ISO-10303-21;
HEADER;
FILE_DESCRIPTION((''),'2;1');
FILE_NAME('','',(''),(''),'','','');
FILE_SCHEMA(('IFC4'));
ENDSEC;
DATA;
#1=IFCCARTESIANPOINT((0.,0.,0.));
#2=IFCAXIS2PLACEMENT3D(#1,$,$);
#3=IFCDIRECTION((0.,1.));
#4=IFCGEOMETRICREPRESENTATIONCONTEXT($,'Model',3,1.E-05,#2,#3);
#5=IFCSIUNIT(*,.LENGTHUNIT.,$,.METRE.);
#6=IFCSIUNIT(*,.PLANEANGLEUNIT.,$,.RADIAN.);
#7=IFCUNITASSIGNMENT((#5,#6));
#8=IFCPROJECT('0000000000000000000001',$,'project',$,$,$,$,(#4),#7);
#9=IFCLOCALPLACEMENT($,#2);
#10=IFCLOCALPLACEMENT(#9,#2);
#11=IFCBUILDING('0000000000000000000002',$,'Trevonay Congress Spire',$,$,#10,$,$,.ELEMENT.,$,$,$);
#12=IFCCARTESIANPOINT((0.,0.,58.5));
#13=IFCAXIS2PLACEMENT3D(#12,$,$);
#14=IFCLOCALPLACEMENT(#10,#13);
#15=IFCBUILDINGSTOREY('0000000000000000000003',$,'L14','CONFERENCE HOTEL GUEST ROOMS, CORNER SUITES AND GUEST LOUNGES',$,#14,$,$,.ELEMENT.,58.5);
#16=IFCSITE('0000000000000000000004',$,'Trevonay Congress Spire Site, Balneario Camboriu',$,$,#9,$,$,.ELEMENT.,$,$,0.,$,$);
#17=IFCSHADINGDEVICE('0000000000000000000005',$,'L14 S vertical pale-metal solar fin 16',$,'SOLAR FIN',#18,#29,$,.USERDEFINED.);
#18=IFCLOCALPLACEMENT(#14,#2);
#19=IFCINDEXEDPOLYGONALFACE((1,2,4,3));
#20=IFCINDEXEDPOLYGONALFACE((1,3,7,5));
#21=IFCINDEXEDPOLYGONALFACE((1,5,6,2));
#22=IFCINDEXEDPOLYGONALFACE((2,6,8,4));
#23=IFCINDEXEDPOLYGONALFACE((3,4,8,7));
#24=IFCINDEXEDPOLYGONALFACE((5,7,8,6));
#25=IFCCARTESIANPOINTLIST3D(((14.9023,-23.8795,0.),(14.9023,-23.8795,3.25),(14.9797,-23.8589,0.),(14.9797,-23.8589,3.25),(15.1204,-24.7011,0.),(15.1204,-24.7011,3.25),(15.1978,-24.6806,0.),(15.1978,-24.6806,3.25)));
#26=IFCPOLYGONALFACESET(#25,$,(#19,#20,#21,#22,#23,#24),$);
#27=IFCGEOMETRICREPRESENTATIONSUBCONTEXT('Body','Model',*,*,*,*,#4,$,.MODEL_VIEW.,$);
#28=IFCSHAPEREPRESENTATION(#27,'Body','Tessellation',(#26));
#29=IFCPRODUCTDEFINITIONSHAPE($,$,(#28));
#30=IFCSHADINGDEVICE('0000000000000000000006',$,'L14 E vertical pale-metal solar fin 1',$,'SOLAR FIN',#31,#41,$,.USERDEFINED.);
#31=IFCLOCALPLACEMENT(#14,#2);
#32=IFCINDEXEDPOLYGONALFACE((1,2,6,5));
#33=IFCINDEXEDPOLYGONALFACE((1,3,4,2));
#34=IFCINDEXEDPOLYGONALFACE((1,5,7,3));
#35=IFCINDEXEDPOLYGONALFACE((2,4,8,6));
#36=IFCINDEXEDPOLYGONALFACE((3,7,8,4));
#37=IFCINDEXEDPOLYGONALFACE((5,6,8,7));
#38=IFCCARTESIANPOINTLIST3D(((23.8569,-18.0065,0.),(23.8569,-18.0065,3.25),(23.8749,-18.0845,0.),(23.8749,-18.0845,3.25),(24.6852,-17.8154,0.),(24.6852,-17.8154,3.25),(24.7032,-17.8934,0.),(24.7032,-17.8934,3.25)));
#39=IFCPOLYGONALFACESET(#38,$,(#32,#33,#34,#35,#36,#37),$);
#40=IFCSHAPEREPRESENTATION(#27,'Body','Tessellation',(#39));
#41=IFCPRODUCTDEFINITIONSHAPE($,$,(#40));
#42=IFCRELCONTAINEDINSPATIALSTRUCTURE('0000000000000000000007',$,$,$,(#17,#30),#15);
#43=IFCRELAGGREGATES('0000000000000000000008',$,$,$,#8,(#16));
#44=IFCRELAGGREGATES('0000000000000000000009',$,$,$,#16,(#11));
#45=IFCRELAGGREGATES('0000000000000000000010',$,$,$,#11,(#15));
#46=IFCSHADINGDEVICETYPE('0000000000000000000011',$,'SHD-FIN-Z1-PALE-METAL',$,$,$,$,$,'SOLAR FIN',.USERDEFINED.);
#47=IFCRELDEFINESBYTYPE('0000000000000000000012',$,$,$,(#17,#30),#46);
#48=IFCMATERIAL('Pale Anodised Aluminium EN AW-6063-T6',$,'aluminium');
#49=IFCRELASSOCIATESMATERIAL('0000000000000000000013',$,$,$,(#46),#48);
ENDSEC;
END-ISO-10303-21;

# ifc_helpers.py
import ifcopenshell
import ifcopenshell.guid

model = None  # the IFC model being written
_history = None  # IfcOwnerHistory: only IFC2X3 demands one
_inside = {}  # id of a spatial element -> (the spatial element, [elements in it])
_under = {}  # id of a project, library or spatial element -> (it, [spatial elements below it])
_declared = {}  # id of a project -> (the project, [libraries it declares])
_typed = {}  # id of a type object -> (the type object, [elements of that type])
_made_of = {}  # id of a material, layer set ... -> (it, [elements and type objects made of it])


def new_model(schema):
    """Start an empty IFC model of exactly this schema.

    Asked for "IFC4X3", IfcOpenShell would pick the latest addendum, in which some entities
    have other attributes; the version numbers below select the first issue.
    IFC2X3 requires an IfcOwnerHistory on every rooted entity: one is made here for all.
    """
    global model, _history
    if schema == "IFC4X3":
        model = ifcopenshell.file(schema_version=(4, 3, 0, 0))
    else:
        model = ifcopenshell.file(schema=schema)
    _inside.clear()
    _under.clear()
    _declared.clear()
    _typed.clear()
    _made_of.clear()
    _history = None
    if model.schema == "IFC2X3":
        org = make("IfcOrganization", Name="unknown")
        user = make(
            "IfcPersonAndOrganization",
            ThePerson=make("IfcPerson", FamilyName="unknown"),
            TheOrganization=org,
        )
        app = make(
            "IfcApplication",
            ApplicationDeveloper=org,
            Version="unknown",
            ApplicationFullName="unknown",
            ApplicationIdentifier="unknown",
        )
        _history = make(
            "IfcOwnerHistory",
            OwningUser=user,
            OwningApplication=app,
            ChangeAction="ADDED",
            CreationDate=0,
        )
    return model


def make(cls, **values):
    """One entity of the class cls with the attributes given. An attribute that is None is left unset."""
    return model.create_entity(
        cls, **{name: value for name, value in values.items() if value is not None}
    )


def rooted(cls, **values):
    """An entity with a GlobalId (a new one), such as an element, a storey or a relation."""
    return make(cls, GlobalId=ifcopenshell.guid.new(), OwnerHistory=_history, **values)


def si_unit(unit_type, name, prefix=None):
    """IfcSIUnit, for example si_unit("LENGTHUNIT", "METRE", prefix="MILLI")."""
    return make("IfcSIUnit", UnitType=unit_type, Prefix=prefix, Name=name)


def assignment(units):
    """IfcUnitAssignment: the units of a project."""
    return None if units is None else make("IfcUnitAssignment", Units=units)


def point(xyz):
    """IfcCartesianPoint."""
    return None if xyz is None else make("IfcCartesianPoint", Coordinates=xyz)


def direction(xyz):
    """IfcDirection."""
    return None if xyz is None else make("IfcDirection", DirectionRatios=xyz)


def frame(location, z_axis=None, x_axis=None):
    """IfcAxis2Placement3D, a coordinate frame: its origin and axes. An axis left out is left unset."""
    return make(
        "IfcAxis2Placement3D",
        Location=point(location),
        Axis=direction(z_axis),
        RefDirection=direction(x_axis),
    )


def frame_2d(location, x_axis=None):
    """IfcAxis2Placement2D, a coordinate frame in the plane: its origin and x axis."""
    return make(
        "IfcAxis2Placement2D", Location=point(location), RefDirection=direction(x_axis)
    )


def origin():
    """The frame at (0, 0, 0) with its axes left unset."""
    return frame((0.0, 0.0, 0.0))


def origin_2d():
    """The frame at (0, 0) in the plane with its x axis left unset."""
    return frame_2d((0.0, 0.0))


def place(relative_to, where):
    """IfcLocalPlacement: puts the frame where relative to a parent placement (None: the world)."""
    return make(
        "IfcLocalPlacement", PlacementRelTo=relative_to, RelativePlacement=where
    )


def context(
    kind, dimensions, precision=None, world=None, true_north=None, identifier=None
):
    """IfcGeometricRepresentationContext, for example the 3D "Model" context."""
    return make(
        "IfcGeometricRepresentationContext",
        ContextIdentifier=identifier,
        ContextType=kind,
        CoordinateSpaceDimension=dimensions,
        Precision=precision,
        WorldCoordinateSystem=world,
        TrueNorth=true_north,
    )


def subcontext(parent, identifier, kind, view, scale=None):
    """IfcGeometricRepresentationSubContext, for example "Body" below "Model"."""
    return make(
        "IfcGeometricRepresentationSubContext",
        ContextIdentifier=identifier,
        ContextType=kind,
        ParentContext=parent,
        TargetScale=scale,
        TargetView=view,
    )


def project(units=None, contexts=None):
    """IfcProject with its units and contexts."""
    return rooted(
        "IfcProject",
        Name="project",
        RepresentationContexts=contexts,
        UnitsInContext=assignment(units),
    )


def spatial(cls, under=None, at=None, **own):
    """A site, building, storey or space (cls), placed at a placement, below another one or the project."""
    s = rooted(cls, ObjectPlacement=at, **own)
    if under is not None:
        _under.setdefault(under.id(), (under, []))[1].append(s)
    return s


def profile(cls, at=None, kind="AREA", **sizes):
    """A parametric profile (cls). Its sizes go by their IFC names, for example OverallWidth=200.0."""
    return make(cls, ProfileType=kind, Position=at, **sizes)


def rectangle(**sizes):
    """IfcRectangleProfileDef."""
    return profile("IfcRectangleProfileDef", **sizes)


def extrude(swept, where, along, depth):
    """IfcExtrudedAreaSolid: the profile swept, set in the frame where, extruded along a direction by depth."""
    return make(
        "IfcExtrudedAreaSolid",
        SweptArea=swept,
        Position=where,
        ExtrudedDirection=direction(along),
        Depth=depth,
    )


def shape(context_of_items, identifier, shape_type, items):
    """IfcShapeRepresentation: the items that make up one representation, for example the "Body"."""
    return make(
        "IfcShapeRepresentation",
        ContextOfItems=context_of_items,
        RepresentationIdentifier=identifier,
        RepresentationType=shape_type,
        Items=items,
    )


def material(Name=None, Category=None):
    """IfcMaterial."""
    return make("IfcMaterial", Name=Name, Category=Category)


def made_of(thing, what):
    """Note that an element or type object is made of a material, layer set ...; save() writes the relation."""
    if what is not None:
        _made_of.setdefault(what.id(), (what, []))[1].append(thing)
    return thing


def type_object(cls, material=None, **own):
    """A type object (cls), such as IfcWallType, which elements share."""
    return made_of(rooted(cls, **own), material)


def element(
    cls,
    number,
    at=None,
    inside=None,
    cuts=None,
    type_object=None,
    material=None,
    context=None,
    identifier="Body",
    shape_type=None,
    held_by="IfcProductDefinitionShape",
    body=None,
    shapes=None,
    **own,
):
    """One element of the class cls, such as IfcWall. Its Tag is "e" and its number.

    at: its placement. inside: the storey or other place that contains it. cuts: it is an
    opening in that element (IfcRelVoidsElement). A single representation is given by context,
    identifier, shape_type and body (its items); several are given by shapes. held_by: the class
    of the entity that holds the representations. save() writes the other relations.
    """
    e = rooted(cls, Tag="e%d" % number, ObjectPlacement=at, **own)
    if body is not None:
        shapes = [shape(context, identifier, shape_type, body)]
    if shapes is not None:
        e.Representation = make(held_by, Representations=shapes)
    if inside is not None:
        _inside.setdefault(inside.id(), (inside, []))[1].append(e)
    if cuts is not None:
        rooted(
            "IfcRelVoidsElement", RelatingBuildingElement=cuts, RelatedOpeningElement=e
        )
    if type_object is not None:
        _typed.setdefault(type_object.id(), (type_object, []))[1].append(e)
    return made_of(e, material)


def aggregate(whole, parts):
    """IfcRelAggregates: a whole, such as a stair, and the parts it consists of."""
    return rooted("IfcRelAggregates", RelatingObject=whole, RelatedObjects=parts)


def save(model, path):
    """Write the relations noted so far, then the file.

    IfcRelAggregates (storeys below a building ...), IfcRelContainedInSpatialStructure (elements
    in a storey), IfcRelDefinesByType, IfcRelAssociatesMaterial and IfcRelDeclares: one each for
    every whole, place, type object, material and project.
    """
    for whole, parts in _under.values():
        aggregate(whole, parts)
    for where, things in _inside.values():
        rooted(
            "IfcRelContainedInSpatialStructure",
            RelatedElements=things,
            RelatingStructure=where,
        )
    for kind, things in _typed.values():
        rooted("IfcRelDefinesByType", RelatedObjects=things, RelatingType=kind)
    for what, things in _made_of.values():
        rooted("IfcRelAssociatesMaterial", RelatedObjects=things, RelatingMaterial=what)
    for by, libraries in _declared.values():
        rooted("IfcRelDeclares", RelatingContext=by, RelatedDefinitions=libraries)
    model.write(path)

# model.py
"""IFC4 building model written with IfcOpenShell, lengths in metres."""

from ifc_helpers import new_model, si_unit, direction, frame, origin, origin_2d, place, context, subcontext, project, spatial, rectangle, extrude, material, type_object, element, save


model = new_model("IFC4")

# Units and contexts
model_context = context("Model", 3, precision=1e-05, world=origin(), true_north=direction((0.0, 1.0)))
body_context = subcontext(model_context, "Body", "Model", "MODEL_VIEW")
ifc_project = project(units=[si_unit("LENGTHUNIT", "METRE"), si_unit("PLANEANGLEUNIT", "RADIAN")], contexts=[model_context])

# Site, building, storey
site_placement = place(None, origin())
site = spatial("IfcSite", under=ifc_project, at=site_placement, Name="Trevonay Congress Spire Site, Balneario Camboriu", CompositionType="ELEMENT", RefElevation=0.0)
building_placement = place(site_placement, origin())
building = spatial("IfcBuilding", under=site, at=building_placement, Name="Trevonay Congress Spire", CompositionType="ELEMENT")
storey_placement = place(building_placement, frame((0.0, 0.0, 58.5)))
storey = spatial("IfcBuildingStorey", under=building, at=storey_placement, Name="L14", Description="CONFERENCE HOTEL GUEST ROOMS, CORNER SUITES AND GUEST LOUNGES", CompositionType="ELEMENT", Elevation=58.5)

# Shared definitions
ifc_material_1 = material(Name="Pale Anodised Aluminium EN AW-6063-T6", Category="aluminium")

# Shading devices
shading_device_type = type_object("IfcShadingDeviceType", Name="SHD-FIN-Z1-PALE-METAL", ElementType="SOLAR FIN", PredefinedType="USERDEFINED", material=ifc_material_1)
for number, where, z_axis, x_axis, name in (
    (1, (15.05, -24.28, 0.0), (0.0, 0.0, 1.0), (0.966511, 0.256627, 0.0), "L14 S vertical pale-metal solar fin 16"),
    (2, (24.28, -17.95, 0.0), (0.0, 0.0, 1.0), (-0.224781, 0.974409, 0.0), "L14 E vertical pale-metal solar fin 1"),
):
    element("IfcShadingDevice", number, at=place(storey_placement, frame(where, z_axis=z_axis, x_axis=x_axis)), inside=storey, type_object=shading_device_type, Name=name, ObjectType="SOLAR FIN", PredefinedType="USERDEFINED", context=body_context, shape_type="SweptSolid", body=[
        extrude(rectangle(XDim=0.0801, YDim=0.8501, at=origin_2d()), origin(), (0.0, 0.0, 1.0), 3.25),
    ])

save(model, "model.ifc")
